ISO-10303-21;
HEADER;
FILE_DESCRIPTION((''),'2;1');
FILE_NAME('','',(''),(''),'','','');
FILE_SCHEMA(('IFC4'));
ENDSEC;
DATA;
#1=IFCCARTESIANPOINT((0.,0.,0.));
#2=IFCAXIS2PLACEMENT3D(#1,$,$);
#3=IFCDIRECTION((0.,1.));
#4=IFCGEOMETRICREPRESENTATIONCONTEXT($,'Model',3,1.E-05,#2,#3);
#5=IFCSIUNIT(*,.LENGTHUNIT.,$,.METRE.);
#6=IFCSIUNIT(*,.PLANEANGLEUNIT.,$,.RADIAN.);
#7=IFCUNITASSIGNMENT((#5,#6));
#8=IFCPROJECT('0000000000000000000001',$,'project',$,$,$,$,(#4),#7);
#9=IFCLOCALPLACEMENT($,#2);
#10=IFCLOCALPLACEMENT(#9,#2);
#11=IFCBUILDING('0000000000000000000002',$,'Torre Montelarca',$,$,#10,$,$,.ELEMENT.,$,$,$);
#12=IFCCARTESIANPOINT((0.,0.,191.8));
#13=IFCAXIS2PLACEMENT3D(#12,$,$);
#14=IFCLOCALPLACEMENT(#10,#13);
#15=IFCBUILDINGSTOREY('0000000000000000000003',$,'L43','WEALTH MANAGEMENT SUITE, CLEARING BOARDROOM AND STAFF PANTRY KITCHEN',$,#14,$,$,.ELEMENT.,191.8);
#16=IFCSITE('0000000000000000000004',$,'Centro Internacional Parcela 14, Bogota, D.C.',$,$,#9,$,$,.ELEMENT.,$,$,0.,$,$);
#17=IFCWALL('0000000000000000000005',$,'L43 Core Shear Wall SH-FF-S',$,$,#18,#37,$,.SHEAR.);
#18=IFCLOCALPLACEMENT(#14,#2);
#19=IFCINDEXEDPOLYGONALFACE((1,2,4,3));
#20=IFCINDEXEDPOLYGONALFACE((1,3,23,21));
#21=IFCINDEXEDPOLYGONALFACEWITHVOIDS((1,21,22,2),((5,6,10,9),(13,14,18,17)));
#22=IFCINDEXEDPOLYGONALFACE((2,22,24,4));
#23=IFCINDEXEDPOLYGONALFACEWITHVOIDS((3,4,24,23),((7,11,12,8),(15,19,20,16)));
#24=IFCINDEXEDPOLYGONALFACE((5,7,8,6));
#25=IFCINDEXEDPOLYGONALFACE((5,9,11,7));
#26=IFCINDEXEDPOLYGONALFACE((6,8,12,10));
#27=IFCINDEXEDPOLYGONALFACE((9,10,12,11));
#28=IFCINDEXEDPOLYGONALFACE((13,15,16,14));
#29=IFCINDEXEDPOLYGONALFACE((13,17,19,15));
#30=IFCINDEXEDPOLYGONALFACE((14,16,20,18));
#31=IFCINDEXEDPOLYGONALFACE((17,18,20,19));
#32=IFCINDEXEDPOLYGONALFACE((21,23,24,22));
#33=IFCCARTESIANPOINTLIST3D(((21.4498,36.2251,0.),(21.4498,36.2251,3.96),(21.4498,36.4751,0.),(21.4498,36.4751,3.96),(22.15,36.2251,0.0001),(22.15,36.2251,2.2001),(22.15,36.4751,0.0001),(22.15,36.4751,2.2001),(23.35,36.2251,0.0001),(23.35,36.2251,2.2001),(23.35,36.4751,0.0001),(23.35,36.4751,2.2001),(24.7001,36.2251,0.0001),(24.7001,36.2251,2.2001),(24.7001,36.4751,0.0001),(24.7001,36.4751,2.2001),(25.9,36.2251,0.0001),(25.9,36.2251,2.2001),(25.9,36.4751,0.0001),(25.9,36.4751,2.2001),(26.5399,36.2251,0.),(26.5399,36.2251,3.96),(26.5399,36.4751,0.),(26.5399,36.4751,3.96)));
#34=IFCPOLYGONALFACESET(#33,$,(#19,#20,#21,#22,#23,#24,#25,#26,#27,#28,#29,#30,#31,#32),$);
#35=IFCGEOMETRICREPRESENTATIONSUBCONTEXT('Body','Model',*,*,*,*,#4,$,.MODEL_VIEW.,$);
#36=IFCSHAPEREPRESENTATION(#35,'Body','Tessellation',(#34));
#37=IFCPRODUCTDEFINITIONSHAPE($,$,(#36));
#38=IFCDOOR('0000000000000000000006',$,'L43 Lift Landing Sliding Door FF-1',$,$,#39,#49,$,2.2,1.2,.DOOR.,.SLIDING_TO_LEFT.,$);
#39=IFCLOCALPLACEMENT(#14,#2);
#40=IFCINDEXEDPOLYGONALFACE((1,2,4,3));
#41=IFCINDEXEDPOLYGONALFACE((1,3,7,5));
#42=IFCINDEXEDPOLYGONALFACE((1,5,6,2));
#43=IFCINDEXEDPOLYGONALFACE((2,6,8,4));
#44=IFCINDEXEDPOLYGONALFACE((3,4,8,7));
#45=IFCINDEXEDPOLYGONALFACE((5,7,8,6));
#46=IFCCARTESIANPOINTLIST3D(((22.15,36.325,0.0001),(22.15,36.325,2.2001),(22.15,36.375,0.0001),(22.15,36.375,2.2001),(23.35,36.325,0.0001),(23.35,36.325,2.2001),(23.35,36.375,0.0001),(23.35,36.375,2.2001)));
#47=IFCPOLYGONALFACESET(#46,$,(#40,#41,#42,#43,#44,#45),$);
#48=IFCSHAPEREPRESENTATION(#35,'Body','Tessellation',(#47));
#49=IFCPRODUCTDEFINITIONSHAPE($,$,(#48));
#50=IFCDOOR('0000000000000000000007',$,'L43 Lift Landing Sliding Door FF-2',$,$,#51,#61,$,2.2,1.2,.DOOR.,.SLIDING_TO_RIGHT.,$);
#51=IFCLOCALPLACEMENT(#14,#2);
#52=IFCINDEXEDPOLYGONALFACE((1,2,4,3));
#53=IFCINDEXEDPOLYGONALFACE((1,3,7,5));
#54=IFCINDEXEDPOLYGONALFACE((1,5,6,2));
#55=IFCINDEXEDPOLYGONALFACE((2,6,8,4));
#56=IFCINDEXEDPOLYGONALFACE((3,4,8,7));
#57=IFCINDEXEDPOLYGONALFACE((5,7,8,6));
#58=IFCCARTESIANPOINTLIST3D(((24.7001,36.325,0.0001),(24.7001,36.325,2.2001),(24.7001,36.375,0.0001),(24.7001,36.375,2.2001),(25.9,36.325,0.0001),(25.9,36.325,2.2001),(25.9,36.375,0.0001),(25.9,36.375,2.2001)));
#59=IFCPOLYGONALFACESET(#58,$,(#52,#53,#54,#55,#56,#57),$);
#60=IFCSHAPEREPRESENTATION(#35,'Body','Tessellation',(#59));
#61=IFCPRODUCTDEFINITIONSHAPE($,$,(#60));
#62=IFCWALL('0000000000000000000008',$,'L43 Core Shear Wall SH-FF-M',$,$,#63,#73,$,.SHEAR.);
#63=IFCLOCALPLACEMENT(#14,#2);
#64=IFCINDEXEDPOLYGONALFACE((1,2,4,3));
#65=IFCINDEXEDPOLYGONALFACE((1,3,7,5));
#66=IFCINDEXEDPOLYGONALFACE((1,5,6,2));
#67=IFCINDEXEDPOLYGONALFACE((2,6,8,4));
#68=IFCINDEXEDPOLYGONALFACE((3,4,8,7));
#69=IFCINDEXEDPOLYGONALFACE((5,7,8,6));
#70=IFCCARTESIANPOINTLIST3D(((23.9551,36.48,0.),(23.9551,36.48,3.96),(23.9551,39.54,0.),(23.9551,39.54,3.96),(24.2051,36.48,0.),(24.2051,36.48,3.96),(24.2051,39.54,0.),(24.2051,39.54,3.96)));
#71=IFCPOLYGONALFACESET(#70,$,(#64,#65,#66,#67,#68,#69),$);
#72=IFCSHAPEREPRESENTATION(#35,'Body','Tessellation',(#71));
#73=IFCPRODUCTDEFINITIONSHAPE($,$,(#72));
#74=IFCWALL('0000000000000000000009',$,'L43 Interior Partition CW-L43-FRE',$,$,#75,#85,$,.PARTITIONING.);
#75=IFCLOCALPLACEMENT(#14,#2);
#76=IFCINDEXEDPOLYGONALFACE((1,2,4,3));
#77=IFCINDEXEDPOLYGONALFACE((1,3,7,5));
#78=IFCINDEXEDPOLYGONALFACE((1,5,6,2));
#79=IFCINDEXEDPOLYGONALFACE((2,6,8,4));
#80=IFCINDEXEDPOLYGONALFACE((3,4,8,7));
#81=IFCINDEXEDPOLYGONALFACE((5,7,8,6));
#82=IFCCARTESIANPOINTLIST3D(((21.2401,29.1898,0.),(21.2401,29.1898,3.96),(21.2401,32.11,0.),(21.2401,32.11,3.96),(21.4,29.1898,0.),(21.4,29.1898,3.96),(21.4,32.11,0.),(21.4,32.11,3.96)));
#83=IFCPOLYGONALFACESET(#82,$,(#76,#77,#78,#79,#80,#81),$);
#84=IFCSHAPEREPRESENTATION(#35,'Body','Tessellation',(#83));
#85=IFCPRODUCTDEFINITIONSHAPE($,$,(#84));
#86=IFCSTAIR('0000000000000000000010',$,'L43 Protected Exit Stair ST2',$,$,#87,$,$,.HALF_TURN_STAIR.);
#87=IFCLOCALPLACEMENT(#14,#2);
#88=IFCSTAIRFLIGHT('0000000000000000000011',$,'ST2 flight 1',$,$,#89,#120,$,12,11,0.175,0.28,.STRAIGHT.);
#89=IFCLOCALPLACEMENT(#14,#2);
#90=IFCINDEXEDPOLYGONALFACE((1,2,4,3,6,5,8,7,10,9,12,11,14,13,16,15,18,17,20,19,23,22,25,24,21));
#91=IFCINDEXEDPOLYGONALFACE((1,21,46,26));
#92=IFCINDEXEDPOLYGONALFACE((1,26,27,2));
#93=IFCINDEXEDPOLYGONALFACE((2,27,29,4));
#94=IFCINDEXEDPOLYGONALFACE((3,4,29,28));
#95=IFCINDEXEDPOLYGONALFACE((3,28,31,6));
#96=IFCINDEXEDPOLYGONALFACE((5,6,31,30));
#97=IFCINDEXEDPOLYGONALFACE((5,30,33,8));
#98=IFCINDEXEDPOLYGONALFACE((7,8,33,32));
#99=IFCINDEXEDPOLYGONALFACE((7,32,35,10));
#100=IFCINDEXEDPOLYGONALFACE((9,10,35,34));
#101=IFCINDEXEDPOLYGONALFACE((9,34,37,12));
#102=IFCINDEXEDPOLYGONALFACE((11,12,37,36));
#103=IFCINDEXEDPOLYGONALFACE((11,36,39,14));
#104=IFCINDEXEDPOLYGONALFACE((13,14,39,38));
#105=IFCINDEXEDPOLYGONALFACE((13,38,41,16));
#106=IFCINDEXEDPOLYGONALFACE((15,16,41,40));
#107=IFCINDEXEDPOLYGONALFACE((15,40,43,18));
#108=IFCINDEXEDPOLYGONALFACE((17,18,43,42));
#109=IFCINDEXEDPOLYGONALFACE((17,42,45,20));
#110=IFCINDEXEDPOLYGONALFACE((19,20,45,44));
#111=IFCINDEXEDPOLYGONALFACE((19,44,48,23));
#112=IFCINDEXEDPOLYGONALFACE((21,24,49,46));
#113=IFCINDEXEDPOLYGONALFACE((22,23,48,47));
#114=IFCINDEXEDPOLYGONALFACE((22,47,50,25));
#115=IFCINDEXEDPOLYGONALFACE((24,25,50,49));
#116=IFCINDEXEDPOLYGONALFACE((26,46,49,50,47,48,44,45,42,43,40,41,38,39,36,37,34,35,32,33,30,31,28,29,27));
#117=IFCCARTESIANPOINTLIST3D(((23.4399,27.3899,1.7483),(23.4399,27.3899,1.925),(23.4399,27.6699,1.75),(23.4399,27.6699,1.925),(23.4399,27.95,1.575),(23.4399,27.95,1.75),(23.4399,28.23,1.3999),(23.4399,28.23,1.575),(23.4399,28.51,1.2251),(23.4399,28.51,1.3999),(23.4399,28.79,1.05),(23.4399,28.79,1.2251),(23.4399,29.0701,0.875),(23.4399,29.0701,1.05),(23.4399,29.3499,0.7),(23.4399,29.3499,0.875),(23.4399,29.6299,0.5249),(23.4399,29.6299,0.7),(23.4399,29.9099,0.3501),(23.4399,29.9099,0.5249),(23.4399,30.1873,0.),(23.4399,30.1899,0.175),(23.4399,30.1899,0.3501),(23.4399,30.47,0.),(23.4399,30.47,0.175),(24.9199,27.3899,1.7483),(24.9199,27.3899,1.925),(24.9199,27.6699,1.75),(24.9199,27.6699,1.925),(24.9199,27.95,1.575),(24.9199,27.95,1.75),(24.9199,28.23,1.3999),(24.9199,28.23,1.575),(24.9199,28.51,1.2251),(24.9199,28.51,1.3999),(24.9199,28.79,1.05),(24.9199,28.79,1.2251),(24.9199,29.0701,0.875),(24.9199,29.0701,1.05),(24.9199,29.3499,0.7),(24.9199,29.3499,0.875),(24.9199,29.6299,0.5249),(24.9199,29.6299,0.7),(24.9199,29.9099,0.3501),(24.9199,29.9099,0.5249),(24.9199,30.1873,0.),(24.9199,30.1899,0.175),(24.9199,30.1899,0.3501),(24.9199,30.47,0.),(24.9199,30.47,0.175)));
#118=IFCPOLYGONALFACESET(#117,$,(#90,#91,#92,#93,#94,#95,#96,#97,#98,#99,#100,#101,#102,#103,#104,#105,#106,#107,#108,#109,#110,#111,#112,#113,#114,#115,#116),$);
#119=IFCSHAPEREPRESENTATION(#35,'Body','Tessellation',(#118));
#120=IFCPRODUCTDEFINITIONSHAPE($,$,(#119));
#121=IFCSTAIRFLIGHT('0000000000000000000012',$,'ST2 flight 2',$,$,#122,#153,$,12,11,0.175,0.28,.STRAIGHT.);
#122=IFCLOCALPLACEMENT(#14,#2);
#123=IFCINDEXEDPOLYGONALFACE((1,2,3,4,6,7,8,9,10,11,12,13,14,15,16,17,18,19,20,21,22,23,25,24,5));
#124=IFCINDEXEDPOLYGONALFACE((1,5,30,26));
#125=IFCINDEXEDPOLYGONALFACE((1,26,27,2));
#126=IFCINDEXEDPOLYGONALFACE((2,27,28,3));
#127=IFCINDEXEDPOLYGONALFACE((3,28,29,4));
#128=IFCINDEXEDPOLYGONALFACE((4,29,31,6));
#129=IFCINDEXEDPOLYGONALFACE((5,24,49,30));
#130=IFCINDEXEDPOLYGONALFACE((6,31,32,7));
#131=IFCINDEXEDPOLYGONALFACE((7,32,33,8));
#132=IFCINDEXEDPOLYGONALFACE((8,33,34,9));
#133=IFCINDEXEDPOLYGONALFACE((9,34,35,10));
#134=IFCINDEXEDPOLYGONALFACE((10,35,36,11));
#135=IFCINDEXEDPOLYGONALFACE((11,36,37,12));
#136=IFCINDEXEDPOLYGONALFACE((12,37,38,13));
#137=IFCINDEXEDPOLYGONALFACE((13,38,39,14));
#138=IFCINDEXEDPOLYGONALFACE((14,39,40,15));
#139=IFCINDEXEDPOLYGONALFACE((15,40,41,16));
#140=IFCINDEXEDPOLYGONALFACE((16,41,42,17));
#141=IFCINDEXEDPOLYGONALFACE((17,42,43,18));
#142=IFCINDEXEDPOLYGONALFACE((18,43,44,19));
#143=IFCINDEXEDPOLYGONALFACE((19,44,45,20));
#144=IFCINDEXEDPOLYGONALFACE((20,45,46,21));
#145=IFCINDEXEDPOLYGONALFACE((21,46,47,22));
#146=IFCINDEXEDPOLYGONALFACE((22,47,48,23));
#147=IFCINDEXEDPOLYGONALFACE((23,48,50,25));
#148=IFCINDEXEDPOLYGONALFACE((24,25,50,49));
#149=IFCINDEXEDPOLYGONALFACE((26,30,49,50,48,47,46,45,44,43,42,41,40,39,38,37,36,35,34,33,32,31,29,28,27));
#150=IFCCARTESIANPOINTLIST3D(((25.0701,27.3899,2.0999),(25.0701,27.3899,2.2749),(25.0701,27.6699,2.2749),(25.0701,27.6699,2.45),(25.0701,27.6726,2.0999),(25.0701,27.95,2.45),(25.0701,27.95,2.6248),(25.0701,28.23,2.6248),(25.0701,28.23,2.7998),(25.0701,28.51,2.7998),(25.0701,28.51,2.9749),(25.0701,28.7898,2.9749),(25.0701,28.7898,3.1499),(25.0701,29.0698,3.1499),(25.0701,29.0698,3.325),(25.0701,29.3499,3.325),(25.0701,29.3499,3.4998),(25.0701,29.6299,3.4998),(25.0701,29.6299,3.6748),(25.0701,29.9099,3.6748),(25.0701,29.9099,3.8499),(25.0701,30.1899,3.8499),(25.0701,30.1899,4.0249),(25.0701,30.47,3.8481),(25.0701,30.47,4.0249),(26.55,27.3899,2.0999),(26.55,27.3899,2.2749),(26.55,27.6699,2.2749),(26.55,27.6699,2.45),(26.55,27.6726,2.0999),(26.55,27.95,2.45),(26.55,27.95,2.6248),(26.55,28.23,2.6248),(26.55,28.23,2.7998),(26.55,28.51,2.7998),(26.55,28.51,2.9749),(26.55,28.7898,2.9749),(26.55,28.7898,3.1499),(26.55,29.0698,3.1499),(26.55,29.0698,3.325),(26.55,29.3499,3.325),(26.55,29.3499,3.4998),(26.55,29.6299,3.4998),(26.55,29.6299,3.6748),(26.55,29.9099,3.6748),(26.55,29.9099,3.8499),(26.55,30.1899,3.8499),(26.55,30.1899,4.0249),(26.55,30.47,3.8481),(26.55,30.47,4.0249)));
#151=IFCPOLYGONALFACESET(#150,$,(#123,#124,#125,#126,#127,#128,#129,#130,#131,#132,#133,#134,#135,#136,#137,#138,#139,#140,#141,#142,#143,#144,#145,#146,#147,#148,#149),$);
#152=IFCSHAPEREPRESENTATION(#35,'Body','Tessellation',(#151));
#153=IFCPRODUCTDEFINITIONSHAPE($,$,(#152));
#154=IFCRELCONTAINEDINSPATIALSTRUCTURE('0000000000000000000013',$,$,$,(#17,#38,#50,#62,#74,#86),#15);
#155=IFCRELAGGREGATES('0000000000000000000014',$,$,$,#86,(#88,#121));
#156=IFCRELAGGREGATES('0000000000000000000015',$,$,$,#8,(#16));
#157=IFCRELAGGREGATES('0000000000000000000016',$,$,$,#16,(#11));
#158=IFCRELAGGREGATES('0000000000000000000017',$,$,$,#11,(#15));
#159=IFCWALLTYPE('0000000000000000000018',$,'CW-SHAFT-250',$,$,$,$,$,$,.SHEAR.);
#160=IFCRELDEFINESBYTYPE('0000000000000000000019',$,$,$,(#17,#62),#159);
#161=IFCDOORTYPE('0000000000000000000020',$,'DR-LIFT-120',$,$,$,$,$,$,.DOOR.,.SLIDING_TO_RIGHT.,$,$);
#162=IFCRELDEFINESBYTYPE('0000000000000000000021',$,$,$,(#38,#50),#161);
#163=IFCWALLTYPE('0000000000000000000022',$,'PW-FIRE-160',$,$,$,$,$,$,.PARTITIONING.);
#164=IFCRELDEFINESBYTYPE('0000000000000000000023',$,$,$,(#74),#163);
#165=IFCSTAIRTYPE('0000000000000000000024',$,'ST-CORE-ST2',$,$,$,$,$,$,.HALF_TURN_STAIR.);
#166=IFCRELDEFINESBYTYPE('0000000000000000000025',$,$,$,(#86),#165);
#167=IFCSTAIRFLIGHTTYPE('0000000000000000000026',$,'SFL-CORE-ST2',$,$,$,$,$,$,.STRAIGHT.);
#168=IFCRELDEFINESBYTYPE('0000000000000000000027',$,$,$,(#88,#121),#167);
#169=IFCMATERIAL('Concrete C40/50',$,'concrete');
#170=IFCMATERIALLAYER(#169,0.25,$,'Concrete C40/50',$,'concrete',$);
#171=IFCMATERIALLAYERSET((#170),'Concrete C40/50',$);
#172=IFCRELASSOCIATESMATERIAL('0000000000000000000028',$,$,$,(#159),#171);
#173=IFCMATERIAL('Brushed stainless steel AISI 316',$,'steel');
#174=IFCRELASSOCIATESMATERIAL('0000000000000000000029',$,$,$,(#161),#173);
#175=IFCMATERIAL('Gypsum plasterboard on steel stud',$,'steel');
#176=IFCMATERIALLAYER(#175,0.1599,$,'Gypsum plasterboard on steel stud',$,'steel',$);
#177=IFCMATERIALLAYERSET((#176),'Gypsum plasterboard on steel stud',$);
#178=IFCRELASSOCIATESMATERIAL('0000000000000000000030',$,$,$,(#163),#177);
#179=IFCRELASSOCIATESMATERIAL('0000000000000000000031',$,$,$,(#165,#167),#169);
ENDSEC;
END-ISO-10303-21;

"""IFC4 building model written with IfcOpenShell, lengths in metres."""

from ifc_helpers import new_model, si_unit, direction, frame, frame_2d, origin, place, context, subcontext, project, spatial, polyline, rectangle, outline, extrude, source, transform, mapped, material, layer, layer_set, type_object, element, fill, aggregate, save


model = new_model("IFC4")

# Units and contexts
model_context = context("Model", 3, precision=1e-05, world=origin(), true_north=direction((0.0, 1.0)))
body_context = subcontext(model_context, "Body", "Model", "MODEL_VIEW")
ifc_project = project(units=[si_unit("LENGTHUNIT", "METRE"), si_unit("PLANEANGLEUNIT", "RADIAN")], contexts=[model_context])

# Site, building, storey
site_placement = place(None, origin())
site = spatial("IfcSite", under=ifc_project, at=site_placement, Name="Centro Internacional Parcela 14, Bogota, D.C.", CompositionType="ELEMENT", RefElevation=0.0)
building_placement = place(site_placement, origin())
building = spatial("IfcBuilding", under=site, at=building_placement, Name="Torre Montelarca", CompositionType="ELEMENT")
storey_placement = place(building_placement, frame((0.0, 0.0, 191.8)))
storey = spatial("IfcBuildingStorey", under=building, at=storey_placement, Name="L43", Description="WEALTH MANAGEMENT SUITE, CLEARING BOARDROOM AND STAFF PANTRY KITCHEN", CompositionType="ELEMENT", Elevation=191.8)

# Shared definitions
ifc_material_1 = material(Name="Concrete C40/50", Category="concrete")
ifc_layer_1 = layer(ifc_material_1, 0.25, Name="Concrete C40/50", Category="concrete")
ifc_layer_set_1 = layer_set([ifc_layer_1], Name="Concrete C40/50")
wall_type_1 = type_object("IfcWallType", Name="CW-SHAFT-250", PredefinedType="SHEAR", material=ifc_layer_set_1)

# Wall, openings, doors
wall_1_placement = place(storey_placement, frame((21.45, 36.3501, 0.0), z_axis=(0.0, 0.0, 1.0), x_axis=(1.0, 0.0, 0.0)))
wall_1 = element("IfcWall", 1, at=wall_1_placement, inside=storey, type_object=wall_type_1, Name="L43 Core Shear Wall SH-FF-S", PredefinedType="SHEAR", context=body_context, shape_type="SweptSolid", body=[
    extrude(rectangle(XDim=5.0901, YDim=0.25, at=frame_2d((2.5449, 0.0))), origin(), (0.0, 0.0, 1.0), 3.96),
])
opening_1_placement = place(wall_1_placement, frame((0.7, 0.0, 0.0)))
opening_1 = element("IfcOpeningElement", 2, at=opening_1_placement, cuts=wall_1, PredefinedType="OPENING", context=body_context, shape_type="SweptSolid", body=[
    extrude(rectangle(XDim=1.2, YDim=2.2, at=frame_2d((0.6001, 1.1001))), frame((0.0, 0.135, 0.0), z_axis=(0.0, -1.0, 0.0), x_axis=(1.0, 0.0, 0.0)), (0.0, 0.0, 1.0), 0.27),
])
opening_2_placement = place(wall_1_placement, frame((3.25, 0.0, 0.0)))
opening_2 = element("IfcOpeningElement", 3, at=opening_2_placement, cuts=wall_1, PredefinedType="OPENING", context=body_context, shape_type="SweptSolid", body=[
    extrude(rectangle(XDim=1.2, YDim=2.2, at=frame_2d((0.6001, 1.1001))), frame((0.0, 0.135, 0.0), z_axis=(0.0, -1.0, 0.0), x_axis=(1.0, 0.0, 0.0)), (0.0, 0.0, 1.0), 0.27),
])
ifc_material_2 = material(Name="Brushed stainless steel AISI 316", Category="steel")
door_type_1 = type_object("IfcDoorType", Name="DR-LIFT-120", OperationType="SLIDING_TO_RIGHT", PredefinedType="DOOR", material=ifc_material_2)
shared_shape_1 = source(origin(), body_context, "Body", "SweptSolid", [
    extrude(rectangle(XDim=1.2, YDim=2.2, at=frame_2d((0.6001, 1.1001))), frame((0.0, 0.0249, 0.0), z_axis=(0.0, -1.0, 0.0), x_axis=(1.0, 0.0, 0.0)), (0.0, 0.0, 1.0), 0.05),
])
door_1_placement = place(opening_1_placement, origin())
door_1 = element("IfcDoor", 4, at=door_1_placement, inside=storey, type_object=door_type_1, Name="L43 Lift Landing Sliding Door FF-1", OperationType="SLIDING_TO_LEFT", OverallHeight=2.2, OverallWidth=1.2, PredefinedType="DOOR", context=body_context, shape_type="MappedRepresentation", body=[
    mapped(shared_shape_1, transform((0.0, 0.0, 0.0), scale=1.0)),
])
fill(opening_1, door_1)
door_2_placement = place(opening_2_placement, origin())
door_2 = element("IfcDoor", 5, at=door_2_placement, inside=storey, type_object=door_type_1, Name="L43 Lift Landing Sliding Door FF-2", OperationType="SLIDING_TO_RIGHT", OverallHeight=2.2, OverallWidth=1.2, PredefinedType="DOOR", context=body_context, shape_type="MappedRepresentation", body=[
    mapped(shared_shape_1, transform((0.0, 0.0, 0.0), scale=1.0)),
])
fill(opening_2, door_2)

# Walls
wall_2_placement = place(storey_placement, frame((24.0801, 36.48, 0.0), z_axis=(0.0, 0.0, 1.0), x_axis=(0.0, 1.0, 0.0)))
element("IfcWall", 6, at=wall_2_placement, inside=storey, type_object=wall_type_1, Name="L43 Core Shear Wall SH-FF-M", PredefinedType="SHEAR", context=body_context, shape_type="SweptSolid", body=[
    extrude(rectangle(XDim=3.0601, YDim=0.25, at=frame_2d((1.53, 0.0))), origin(), (0.0, 0.0, 1.0), 3.96),
])
ifc_material_3 = material(Name="Gypsum plasterboard on steel stud", Category="steel")
ifc_layer_2 = layer(ifc_material_3, 0.1599, Name="Gypsum plasterboard on steel stud", Category="steel")
ifc_layer_set_2 = layer_set([ifc_layer_2], Name="Gypsum plasterboard on steel stud")
wall_type_2 = type_object("IfcWallType", Name="PW-FIRE-160", PredefinedType="PARTITIONING", material=ifc_layer_set_2)
wall_3_placement = place(storey_placement, frame((21.3201, 29.1899, 0.0), z_axis=(0.0, 0.0, 1.0), x_axis=(0.0, 1.0, 0.0)))
element("IfcWall", 7, at=wall_3_placement, inside=storey, type_object=wall_type_2, Name="L43 Interior Partition CW-L43-FRE", PredefinedType="PARTITIONING", context=body_context, shape_type="SweptSolid", body=[
    extrude(rectangle(XDim=2.9202, YDim=0.1599, at=frame_2d((1.46, 0.0))), origin(), (0.0, 0.0, 1.0), 3.96),
])

# Stair, stair flights
stair_type = type_object("IfcStairType", Name="ST-CORE-ST2", PredefinedType="HALF_TURN_STAIR", material=ifc_material_1)
stair_placement = place(storey_placement, origin())
stair = element("IfcStair", 8, at=stair_placement, inside=storey, type_object=stair_type, Name="L43 Protected Exit Stair ST2", PredefinedType="HALF_TURN_STAIR")
stair_flight_type = type_object("IfcStairFlightType", Name="SFL-CORE-ST2", PredefinedType="STRAIGHT", material=ifc_material_1)
stair_flight_1_placement = place(storey_placement, frame((24.1799, 30.47, 0.0), z_axis=(0.0, 0.0, 1.0), x_axis=(0.0, -1.0, 0.0)))
stair_flight_1 = element("IfcStairFlight", 9, at=stair_flight_1_placement, type_object=stair_flight_type, Name="ST2 flight 1", NumberOfRisers=12, NumberOfTreads=11, PredefinedType="STRAIGHT", RiserHeight=0.175, TreadLength=0.28, context=body_context, shape_type="SweptSolid", body=[
    extrude(outline(polyline([(0.0, 0.0), (0.0, 0.175), (0.28, 0.175), (0.28, 0.3501), (0.5601, 0.3501), (0.5601, 0.5249), (0.8401, 0.5249), (0.8401, 0.7), (1.1201, 0.7), (1.1201, 0.875), (1.3999, 0.875), (1.3999, 1.05), (1.6799, 1.05), (1.6799, 1.2251), (1.96, 1.2251), (1.96, 1.3999), (2.24, 1.3999), (2.24, 1.575), (2.52, 1.575), (2.52, 1.75), (2.8, 1.75), (2.8, 1.925), (3.0801, 1.925), (3.0801, 2.1001), (3.0801, 1.7483), (0.2827, 0.0), (0.0, 0.0)])), frame((0.0, 0.74, 0.0), z_axis=(0.0, -1.0, 0.0), x_axis=(1.0, 0.0, 0.0)), (0.0, 0.0, 1.0), 1.48),
])
stair_flight_2_placement = place(storey_placement, frame((25.8101, 27.3899, 2.0999), z_axis=(0.0, 0.0, 1.0), x_axis=(0.0, 1.0, 0.0)))
stair_flight_2 = element("IfcStairFlight", 10, at=stair_flight_2_placement, type_object=stair_flight_type, Name="ST2 flight 2", NumberOfRisers=12, NumberOfTreads=11, PredefinedType="STRAIGHT", RiserHeight=0.175, TreadLength=0.28, context=body_context, shape_type="SweptSolid", body=[
    extrude(outline(polyline([(0.0, 0.0), (0.0, 0.175), (0.28, 0.175), (0.28, 0.3501), (0.5601, 0.3501), (0.5601, 0.5249), (0.8401, 0.5249), (0.8401, 0.7), (1.1201, 0.7), (1.1201, 0.875), (1.3999, 0.875), (1.3999, 1.05), (1.6799, 1.05), (1.6799, 1.2251), (1.96, 1.2251), (1.96, 1.3999), (2.24, 1.3999), (2.24, 1.575), (2.52, 1.575), (2.52, 1.75), (2.8, 1.75), (2.8, 1.925), (3.0801, 1.925), (3.0801, 2.1001), (3.0801, 1.7483), (0.2827, 0.0), (0.0, 0.0)])), frame((0.0, 0.74, 0.0), z_axis=(0.0, -1.0, 0.0), x_axis=(1.0, 0.0, 0.0)), (0.0, 0.0, 1.0), 1.48),
])
aggregate(stair, [stair_flight_1, stair_flight_2])

save(model, "model.ifc")
